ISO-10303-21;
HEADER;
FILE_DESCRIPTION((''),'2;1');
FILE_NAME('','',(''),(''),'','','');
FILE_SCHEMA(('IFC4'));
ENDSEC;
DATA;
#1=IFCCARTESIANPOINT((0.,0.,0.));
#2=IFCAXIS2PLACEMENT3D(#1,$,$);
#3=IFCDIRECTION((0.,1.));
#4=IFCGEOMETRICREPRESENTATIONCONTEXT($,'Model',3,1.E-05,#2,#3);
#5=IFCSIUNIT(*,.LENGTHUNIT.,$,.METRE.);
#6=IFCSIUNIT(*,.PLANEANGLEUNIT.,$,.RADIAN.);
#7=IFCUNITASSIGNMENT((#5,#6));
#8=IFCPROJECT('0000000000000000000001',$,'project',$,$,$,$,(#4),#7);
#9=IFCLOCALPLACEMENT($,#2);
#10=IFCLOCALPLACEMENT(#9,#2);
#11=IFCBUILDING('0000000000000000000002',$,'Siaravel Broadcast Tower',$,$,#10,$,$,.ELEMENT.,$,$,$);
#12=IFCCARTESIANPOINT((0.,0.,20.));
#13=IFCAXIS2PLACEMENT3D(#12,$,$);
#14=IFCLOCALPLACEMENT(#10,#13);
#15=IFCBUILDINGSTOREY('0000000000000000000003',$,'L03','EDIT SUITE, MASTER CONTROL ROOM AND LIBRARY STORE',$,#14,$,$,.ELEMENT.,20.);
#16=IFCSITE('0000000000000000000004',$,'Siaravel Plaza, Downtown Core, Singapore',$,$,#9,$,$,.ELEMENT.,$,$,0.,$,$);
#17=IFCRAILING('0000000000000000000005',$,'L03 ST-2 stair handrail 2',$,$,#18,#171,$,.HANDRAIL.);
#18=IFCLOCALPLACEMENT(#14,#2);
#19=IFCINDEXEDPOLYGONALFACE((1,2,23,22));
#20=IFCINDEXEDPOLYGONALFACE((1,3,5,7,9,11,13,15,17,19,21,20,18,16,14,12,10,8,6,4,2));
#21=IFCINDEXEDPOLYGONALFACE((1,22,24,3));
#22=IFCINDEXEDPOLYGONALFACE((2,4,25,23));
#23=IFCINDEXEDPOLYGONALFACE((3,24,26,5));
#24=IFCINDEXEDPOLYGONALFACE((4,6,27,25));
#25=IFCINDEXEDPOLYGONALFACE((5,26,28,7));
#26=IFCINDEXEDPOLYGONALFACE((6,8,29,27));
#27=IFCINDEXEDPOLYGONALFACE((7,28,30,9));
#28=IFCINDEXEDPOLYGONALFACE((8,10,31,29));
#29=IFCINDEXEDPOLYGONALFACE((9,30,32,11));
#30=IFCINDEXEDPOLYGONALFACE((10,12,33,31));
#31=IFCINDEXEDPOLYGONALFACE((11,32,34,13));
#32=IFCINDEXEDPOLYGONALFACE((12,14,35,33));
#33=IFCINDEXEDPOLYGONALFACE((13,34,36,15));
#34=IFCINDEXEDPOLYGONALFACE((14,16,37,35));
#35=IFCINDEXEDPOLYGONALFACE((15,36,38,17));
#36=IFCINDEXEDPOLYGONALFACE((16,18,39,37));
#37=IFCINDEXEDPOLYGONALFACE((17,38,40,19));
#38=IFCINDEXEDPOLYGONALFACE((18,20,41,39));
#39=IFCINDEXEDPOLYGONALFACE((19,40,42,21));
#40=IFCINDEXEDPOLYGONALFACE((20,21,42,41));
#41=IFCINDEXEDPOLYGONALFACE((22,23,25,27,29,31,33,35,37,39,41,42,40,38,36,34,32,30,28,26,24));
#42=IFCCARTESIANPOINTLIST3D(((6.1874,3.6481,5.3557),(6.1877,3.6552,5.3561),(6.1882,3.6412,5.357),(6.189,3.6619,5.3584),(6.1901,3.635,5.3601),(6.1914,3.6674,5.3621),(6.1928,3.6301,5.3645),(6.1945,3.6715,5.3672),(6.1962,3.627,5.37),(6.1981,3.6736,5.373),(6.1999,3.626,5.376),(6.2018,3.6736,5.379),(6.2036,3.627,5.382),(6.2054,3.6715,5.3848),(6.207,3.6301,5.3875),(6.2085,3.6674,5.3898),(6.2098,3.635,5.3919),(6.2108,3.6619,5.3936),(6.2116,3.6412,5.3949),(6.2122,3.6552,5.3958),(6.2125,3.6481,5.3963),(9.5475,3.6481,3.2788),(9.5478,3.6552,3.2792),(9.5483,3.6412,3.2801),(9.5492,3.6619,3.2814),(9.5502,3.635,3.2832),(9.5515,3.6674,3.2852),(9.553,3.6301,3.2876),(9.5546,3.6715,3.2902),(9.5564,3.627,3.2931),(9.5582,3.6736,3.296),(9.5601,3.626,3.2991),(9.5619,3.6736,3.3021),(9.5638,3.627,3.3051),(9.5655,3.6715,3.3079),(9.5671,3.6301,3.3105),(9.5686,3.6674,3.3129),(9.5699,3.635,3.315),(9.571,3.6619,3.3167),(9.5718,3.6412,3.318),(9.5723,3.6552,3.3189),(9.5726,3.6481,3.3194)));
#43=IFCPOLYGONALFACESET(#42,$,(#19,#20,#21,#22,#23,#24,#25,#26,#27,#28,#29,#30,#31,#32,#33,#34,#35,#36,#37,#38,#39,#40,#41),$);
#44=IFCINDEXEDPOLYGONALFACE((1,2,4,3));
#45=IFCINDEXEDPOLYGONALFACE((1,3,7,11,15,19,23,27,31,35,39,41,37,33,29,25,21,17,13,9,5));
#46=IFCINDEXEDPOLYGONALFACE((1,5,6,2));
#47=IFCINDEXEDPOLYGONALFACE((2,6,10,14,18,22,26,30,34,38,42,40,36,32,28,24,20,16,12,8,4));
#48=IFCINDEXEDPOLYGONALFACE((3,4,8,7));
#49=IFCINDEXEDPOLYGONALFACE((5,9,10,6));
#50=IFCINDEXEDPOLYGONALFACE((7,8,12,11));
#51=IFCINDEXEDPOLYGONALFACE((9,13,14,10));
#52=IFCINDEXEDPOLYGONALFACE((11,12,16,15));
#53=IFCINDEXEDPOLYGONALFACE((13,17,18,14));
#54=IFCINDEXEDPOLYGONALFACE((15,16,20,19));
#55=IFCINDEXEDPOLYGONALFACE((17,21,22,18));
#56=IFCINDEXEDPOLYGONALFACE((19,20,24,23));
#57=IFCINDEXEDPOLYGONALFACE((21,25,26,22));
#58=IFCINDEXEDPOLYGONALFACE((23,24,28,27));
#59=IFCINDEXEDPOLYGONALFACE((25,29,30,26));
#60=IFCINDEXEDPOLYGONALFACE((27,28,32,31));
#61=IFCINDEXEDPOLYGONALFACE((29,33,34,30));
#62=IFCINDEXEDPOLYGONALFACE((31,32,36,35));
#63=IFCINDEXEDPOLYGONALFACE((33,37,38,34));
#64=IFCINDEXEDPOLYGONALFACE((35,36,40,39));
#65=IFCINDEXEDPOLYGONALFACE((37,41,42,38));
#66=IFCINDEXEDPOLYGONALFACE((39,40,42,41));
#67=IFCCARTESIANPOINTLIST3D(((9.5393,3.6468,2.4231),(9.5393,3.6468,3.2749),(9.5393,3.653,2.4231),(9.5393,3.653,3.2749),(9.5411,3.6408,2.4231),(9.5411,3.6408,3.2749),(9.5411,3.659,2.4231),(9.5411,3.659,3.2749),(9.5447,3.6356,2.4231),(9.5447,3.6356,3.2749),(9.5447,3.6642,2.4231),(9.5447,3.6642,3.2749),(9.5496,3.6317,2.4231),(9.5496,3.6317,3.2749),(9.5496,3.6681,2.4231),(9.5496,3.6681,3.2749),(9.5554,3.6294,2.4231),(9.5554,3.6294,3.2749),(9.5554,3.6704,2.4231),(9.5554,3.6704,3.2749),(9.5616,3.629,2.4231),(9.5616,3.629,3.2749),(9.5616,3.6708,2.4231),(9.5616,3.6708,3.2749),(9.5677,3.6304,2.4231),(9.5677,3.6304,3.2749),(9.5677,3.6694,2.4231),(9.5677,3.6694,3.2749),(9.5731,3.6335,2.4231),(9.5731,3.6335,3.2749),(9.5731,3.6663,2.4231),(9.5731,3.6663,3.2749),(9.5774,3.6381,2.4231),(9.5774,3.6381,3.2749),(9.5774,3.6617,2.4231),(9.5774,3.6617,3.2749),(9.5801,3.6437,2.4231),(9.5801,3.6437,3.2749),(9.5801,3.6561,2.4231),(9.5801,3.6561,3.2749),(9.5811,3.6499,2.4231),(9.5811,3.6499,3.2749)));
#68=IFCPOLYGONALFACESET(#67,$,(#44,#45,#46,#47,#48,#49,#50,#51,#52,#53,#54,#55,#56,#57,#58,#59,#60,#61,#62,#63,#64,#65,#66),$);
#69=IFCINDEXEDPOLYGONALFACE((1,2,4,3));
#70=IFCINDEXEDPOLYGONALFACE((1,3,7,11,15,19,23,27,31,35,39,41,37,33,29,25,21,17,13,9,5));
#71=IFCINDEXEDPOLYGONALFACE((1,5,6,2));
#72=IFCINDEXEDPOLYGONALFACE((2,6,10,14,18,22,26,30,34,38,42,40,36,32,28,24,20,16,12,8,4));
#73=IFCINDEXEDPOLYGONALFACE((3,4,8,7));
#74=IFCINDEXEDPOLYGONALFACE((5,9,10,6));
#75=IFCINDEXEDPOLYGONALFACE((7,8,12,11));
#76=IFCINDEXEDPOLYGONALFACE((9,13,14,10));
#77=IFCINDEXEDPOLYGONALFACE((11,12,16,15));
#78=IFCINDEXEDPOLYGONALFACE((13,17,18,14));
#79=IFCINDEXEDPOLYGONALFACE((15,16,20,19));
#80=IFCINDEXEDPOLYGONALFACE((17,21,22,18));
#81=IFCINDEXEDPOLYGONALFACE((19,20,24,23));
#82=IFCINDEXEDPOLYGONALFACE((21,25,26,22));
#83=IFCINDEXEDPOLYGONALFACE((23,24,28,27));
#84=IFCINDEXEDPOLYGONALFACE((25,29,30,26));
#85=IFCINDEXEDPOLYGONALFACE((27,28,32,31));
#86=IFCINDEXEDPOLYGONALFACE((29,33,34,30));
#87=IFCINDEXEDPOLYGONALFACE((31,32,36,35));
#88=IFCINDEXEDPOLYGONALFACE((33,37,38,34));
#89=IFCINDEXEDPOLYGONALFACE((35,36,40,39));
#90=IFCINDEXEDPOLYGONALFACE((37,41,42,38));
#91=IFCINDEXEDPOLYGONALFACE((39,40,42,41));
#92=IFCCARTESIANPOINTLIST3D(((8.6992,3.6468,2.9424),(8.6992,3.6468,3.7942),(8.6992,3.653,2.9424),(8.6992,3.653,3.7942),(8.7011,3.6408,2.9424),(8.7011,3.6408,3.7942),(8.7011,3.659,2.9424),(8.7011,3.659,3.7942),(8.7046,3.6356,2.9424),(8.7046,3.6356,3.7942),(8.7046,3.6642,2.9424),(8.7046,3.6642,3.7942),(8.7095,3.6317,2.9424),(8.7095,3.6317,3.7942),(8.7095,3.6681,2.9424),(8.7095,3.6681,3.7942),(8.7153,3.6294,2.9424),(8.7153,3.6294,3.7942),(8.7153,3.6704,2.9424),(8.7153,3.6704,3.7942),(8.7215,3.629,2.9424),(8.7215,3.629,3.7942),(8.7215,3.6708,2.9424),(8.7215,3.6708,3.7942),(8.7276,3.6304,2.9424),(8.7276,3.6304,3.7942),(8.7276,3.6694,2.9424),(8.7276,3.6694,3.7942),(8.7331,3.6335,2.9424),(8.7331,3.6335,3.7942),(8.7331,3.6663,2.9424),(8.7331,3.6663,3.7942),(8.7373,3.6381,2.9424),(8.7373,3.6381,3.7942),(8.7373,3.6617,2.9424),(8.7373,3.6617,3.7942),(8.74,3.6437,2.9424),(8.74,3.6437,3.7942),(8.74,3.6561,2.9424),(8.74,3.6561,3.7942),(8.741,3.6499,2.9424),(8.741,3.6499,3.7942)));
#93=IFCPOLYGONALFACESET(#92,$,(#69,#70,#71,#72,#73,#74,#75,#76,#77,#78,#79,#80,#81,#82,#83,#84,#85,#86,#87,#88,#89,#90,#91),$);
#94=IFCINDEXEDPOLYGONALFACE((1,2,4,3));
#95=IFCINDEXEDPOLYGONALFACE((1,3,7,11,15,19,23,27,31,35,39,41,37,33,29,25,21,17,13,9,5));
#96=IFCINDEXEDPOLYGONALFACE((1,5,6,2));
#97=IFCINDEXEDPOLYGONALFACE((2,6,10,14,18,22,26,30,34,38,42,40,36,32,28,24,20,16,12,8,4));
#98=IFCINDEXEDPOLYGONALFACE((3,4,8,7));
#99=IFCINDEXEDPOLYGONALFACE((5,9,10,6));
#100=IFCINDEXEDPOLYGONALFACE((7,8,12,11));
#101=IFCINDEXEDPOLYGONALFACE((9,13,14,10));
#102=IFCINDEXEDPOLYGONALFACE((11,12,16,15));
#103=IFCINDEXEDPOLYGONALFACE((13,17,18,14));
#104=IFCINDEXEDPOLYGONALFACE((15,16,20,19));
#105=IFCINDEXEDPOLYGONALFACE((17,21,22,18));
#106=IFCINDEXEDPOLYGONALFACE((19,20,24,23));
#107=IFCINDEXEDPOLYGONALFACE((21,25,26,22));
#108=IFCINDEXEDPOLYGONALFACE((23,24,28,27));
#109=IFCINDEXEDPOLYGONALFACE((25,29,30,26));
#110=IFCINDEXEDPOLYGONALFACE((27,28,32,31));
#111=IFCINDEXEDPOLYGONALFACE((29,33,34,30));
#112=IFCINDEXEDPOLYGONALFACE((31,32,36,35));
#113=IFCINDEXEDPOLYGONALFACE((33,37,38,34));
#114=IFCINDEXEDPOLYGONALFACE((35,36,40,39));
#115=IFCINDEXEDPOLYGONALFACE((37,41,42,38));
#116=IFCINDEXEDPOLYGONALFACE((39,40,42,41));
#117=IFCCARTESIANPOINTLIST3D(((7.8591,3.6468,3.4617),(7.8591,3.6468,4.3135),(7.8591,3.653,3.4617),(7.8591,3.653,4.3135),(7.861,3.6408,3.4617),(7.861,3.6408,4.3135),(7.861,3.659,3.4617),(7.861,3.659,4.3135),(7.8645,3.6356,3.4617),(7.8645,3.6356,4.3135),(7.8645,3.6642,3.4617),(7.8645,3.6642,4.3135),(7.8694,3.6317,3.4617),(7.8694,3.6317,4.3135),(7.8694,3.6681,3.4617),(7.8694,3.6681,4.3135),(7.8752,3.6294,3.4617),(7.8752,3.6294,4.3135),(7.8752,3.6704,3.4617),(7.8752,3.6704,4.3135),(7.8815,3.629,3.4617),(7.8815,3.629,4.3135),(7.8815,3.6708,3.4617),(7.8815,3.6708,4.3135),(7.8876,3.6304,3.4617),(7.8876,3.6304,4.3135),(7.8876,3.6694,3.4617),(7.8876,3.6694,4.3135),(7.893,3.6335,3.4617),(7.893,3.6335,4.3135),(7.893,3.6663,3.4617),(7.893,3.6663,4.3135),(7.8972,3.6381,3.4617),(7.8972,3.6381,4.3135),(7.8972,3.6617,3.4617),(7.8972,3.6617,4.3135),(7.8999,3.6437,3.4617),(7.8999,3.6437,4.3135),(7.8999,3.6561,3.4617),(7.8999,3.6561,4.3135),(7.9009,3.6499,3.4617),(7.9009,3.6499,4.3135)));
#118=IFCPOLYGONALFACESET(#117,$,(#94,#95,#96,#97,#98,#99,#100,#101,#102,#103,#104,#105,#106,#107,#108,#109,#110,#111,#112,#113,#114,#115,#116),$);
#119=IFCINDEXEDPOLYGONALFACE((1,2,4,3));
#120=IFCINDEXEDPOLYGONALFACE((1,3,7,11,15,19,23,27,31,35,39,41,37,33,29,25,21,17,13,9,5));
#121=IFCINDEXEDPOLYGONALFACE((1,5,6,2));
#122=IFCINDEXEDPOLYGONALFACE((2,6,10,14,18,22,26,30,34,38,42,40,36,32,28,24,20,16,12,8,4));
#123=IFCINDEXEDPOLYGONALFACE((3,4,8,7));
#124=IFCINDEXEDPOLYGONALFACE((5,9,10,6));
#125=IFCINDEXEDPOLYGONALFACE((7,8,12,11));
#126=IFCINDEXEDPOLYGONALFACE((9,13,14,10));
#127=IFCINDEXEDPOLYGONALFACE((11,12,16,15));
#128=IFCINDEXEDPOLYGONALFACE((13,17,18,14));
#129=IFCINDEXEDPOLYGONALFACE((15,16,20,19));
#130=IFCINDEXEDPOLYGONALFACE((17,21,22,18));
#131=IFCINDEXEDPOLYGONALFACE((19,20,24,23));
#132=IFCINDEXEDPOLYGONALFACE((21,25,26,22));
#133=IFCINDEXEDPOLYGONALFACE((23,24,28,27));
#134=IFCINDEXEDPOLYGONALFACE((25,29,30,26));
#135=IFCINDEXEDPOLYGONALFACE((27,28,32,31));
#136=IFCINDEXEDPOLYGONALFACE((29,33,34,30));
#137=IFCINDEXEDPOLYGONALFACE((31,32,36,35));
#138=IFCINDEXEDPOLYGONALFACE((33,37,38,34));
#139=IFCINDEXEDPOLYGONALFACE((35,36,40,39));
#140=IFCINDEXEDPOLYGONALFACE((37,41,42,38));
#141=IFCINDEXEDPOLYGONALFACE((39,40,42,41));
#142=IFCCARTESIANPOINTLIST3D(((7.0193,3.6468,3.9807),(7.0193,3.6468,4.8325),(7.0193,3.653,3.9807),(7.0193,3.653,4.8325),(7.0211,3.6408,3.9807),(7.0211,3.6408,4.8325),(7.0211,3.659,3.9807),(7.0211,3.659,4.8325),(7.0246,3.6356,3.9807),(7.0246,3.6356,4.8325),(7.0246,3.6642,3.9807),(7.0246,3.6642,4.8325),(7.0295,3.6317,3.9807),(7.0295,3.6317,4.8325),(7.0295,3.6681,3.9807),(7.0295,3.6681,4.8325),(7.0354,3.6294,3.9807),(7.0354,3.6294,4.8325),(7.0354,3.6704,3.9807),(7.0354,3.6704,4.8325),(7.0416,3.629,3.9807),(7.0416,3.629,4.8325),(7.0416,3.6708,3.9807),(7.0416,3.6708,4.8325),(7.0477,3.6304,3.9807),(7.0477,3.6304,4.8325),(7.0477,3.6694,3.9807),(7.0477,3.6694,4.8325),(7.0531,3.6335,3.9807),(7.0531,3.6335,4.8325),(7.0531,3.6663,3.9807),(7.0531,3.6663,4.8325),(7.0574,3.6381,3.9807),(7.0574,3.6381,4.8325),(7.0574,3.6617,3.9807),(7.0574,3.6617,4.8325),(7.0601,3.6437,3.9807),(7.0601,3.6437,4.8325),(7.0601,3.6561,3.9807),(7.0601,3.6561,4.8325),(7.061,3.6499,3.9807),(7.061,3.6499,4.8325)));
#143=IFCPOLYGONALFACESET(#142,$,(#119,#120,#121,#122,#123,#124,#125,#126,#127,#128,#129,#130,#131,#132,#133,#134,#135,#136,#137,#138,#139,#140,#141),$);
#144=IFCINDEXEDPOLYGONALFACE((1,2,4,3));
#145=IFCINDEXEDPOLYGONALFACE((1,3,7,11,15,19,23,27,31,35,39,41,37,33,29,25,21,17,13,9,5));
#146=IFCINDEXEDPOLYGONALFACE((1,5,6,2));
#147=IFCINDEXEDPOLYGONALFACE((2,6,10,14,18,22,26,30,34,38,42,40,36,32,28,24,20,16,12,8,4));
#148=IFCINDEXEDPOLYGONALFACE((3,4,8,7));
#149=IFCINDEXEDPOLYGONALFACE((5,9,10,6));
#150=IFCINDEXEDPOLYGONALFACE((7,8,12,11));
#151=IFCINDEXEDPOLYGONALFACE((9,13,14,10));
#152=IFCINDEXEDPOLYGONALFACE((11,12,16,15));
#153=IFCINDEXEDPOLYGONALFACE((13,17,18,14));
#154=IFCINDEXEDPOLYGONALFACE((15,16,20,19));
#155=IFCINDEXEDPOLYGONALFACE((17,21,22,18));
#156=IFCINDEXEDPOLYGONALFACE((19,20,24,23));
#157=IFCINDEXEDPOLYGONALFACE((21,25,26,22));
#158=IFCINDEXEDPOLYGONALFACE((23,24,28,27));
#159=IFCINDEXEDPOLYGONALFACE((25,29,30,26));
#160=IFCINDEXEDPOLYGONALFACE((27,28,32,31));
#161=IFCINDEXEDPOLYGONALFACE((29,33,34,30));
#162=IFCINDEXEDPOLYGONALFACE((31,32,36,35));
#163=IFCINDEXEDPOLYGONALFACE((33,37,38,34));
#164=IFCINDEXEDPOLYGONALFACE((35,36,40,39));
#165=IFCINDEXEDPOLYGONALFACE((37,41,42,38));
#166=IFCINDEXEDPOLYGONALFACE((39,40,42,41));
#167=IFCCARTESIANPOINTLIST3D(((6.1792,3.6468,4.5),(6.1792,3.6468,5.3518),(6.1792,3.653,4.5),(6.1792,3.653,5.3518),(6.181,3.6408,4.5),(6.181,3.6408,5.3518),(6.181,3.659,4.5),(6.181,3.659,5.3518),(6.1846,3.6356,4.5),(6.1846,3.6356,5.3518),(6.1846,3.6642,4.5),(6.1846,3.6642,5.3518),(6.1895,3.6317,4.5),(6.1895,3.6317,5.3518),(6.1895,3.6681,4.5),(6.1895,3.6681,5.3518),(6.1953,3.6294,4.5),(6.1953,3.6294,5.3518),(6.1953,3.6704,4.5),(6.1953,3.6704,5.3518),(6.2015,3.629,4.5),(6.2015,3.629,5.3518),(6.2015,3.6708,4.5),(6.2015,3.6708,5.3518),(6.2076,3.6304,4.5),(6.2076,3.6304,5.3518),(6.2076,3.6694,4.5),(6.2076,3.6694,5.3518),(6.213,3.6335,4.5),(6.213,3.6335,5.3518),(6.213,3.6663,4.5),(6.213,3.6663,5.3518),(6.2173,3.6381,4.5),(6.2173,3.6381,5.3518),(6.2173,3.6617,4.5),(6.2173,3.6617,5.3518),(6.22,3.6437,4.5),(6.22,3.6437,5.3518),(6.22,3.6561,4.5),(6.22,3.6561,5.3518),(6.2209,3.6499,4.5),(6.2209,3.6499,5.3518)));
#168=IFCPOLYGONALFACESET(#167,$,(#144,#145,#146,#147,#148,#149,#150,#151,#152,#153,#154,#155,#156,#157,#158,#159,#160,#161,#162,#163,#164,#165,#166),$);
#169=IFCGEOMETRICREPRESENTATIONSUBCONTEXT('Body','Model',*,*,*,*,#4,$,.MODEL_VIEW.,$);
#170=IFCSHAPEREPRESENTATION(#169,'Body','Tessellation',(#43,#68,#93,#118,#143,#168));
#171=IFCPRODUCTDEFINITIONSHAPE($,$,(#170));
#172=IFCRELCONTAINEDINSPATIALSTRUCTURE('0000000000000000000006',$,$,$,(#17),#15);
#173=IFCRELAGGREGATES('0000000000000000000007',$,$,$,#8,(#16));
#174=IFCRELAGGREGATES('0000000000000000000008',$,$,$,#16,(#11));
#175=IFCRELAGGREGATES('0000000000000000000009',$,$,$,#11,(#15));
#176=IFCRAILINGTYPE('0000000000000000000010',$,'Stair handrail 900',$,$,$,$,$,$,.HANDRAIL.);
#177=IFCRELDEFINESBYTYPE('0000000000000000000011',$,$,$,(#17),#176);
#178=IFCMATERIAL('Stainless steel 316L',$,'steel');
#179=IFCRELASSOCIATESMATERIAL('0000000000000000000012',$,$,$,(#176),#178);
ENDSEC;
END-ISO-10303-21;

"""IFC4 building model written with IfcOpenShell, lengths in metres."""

from ifc_helpers import new_model, si_unit, direction, frame, origin, origin_2d, place, context, subcontext, project, spatial, circle, extrude, material, type_object, element, save


model = new_model("IFC4")

# Units and contexts
model_context = context("Model", 3, precision=1e-05, world=origin(), true_north=direction((0.0, 1.0)))
body_context = subcontext(model_context, "Body", "Model", "MODEL_VIEW")
ifc_project = project(units=[si_unit("LENGTHUNIT", "METRE"), si_unit("PLANEANGLEUNIT", "RADIAN")], contexts=[model_context])

# Site, building, storey
site_placement = place(None, origin())
site = spatial("IfcSite", under=ifc_project, at=site_placement, Name="Siaravel Plaza, Downtown Core, Singapore", CompositionType="ELEMENT", RefElevation=0.0)
building_placement = place(site_placement, origin())
building = spatial("IfcBuilding", under=site, at=building_placement, Name="Siaravel Broadcast Tower", CompositionType="ELEMENT")
storey_placement = place(building_placement, frame((0.0, 0.0, 20.0)))
storey = spatial("IfcBuildingStorey", under=building, at=storey_placement, Name="L03", Description="EDIT SUITE, MASTER CONTROL ROOM AND LIBRARY STORE", CompositionType="ELEMENT", Elevation=20.0)

# Railing
ifc_material_1 = material(Name="Stainless steel 316L", Category="steel")
railing_type_1 = type_object("IfcRailingType", Name="Stair handrail 900", PredefinedType="HANDRAIL", material=ifc_material_1)
railing_1_placement = place(storey_placement, frame((9.5601, 3.6499, 2.4231)))
element("IfcRailing", 1, at=railing_1_placement, inside=storey, type_object=railing_type_1, Name="L03 ST-2 stair handrail 2", PredefinedType="HANDRAIL", context=body_context, shape_type="SweptSolid", body=[
    extrude(circle(Radius=0.0239, at=origin_2d()), frame((0.0, 0.0, 0.876), z_axis=(-0.850623, 0.0, 0.525776), x_axis=(0.0, -1.0, 0.0)), (0.0, 0.0, 1.0), 3.9502),
    extrude(circle(Radius=0.021, at=origin_2d()), origin(), (0.0, 0.0, 1.0), 0.8518),
    extrude(circle(Radius=0.021, at=origin_2d()), frame((-0.8401, 0.0, 0.5193)), (0.0, 0.0, 1.0), 0.8518),
    extrude(circle(Radius=0.021, at=origin_2d()), frame((-1.6802, 0.0, 1.0386)), (0.0, 0.0, 1.0), 0.8518),
    extrude(circle(Radius=0.021, at=origin_2d()), frame((-2.52, 0.0, 1.5576)), (0.0, 0.0, 1.0), 0.8518),
    extrude(circle(Radius=0.021, at=origin_2d()), frame((-3.3601, 0.0, 2.0769)), (0.0, 0.0, 1.0), 0.8518),
])

save(model, "model.ifc")
